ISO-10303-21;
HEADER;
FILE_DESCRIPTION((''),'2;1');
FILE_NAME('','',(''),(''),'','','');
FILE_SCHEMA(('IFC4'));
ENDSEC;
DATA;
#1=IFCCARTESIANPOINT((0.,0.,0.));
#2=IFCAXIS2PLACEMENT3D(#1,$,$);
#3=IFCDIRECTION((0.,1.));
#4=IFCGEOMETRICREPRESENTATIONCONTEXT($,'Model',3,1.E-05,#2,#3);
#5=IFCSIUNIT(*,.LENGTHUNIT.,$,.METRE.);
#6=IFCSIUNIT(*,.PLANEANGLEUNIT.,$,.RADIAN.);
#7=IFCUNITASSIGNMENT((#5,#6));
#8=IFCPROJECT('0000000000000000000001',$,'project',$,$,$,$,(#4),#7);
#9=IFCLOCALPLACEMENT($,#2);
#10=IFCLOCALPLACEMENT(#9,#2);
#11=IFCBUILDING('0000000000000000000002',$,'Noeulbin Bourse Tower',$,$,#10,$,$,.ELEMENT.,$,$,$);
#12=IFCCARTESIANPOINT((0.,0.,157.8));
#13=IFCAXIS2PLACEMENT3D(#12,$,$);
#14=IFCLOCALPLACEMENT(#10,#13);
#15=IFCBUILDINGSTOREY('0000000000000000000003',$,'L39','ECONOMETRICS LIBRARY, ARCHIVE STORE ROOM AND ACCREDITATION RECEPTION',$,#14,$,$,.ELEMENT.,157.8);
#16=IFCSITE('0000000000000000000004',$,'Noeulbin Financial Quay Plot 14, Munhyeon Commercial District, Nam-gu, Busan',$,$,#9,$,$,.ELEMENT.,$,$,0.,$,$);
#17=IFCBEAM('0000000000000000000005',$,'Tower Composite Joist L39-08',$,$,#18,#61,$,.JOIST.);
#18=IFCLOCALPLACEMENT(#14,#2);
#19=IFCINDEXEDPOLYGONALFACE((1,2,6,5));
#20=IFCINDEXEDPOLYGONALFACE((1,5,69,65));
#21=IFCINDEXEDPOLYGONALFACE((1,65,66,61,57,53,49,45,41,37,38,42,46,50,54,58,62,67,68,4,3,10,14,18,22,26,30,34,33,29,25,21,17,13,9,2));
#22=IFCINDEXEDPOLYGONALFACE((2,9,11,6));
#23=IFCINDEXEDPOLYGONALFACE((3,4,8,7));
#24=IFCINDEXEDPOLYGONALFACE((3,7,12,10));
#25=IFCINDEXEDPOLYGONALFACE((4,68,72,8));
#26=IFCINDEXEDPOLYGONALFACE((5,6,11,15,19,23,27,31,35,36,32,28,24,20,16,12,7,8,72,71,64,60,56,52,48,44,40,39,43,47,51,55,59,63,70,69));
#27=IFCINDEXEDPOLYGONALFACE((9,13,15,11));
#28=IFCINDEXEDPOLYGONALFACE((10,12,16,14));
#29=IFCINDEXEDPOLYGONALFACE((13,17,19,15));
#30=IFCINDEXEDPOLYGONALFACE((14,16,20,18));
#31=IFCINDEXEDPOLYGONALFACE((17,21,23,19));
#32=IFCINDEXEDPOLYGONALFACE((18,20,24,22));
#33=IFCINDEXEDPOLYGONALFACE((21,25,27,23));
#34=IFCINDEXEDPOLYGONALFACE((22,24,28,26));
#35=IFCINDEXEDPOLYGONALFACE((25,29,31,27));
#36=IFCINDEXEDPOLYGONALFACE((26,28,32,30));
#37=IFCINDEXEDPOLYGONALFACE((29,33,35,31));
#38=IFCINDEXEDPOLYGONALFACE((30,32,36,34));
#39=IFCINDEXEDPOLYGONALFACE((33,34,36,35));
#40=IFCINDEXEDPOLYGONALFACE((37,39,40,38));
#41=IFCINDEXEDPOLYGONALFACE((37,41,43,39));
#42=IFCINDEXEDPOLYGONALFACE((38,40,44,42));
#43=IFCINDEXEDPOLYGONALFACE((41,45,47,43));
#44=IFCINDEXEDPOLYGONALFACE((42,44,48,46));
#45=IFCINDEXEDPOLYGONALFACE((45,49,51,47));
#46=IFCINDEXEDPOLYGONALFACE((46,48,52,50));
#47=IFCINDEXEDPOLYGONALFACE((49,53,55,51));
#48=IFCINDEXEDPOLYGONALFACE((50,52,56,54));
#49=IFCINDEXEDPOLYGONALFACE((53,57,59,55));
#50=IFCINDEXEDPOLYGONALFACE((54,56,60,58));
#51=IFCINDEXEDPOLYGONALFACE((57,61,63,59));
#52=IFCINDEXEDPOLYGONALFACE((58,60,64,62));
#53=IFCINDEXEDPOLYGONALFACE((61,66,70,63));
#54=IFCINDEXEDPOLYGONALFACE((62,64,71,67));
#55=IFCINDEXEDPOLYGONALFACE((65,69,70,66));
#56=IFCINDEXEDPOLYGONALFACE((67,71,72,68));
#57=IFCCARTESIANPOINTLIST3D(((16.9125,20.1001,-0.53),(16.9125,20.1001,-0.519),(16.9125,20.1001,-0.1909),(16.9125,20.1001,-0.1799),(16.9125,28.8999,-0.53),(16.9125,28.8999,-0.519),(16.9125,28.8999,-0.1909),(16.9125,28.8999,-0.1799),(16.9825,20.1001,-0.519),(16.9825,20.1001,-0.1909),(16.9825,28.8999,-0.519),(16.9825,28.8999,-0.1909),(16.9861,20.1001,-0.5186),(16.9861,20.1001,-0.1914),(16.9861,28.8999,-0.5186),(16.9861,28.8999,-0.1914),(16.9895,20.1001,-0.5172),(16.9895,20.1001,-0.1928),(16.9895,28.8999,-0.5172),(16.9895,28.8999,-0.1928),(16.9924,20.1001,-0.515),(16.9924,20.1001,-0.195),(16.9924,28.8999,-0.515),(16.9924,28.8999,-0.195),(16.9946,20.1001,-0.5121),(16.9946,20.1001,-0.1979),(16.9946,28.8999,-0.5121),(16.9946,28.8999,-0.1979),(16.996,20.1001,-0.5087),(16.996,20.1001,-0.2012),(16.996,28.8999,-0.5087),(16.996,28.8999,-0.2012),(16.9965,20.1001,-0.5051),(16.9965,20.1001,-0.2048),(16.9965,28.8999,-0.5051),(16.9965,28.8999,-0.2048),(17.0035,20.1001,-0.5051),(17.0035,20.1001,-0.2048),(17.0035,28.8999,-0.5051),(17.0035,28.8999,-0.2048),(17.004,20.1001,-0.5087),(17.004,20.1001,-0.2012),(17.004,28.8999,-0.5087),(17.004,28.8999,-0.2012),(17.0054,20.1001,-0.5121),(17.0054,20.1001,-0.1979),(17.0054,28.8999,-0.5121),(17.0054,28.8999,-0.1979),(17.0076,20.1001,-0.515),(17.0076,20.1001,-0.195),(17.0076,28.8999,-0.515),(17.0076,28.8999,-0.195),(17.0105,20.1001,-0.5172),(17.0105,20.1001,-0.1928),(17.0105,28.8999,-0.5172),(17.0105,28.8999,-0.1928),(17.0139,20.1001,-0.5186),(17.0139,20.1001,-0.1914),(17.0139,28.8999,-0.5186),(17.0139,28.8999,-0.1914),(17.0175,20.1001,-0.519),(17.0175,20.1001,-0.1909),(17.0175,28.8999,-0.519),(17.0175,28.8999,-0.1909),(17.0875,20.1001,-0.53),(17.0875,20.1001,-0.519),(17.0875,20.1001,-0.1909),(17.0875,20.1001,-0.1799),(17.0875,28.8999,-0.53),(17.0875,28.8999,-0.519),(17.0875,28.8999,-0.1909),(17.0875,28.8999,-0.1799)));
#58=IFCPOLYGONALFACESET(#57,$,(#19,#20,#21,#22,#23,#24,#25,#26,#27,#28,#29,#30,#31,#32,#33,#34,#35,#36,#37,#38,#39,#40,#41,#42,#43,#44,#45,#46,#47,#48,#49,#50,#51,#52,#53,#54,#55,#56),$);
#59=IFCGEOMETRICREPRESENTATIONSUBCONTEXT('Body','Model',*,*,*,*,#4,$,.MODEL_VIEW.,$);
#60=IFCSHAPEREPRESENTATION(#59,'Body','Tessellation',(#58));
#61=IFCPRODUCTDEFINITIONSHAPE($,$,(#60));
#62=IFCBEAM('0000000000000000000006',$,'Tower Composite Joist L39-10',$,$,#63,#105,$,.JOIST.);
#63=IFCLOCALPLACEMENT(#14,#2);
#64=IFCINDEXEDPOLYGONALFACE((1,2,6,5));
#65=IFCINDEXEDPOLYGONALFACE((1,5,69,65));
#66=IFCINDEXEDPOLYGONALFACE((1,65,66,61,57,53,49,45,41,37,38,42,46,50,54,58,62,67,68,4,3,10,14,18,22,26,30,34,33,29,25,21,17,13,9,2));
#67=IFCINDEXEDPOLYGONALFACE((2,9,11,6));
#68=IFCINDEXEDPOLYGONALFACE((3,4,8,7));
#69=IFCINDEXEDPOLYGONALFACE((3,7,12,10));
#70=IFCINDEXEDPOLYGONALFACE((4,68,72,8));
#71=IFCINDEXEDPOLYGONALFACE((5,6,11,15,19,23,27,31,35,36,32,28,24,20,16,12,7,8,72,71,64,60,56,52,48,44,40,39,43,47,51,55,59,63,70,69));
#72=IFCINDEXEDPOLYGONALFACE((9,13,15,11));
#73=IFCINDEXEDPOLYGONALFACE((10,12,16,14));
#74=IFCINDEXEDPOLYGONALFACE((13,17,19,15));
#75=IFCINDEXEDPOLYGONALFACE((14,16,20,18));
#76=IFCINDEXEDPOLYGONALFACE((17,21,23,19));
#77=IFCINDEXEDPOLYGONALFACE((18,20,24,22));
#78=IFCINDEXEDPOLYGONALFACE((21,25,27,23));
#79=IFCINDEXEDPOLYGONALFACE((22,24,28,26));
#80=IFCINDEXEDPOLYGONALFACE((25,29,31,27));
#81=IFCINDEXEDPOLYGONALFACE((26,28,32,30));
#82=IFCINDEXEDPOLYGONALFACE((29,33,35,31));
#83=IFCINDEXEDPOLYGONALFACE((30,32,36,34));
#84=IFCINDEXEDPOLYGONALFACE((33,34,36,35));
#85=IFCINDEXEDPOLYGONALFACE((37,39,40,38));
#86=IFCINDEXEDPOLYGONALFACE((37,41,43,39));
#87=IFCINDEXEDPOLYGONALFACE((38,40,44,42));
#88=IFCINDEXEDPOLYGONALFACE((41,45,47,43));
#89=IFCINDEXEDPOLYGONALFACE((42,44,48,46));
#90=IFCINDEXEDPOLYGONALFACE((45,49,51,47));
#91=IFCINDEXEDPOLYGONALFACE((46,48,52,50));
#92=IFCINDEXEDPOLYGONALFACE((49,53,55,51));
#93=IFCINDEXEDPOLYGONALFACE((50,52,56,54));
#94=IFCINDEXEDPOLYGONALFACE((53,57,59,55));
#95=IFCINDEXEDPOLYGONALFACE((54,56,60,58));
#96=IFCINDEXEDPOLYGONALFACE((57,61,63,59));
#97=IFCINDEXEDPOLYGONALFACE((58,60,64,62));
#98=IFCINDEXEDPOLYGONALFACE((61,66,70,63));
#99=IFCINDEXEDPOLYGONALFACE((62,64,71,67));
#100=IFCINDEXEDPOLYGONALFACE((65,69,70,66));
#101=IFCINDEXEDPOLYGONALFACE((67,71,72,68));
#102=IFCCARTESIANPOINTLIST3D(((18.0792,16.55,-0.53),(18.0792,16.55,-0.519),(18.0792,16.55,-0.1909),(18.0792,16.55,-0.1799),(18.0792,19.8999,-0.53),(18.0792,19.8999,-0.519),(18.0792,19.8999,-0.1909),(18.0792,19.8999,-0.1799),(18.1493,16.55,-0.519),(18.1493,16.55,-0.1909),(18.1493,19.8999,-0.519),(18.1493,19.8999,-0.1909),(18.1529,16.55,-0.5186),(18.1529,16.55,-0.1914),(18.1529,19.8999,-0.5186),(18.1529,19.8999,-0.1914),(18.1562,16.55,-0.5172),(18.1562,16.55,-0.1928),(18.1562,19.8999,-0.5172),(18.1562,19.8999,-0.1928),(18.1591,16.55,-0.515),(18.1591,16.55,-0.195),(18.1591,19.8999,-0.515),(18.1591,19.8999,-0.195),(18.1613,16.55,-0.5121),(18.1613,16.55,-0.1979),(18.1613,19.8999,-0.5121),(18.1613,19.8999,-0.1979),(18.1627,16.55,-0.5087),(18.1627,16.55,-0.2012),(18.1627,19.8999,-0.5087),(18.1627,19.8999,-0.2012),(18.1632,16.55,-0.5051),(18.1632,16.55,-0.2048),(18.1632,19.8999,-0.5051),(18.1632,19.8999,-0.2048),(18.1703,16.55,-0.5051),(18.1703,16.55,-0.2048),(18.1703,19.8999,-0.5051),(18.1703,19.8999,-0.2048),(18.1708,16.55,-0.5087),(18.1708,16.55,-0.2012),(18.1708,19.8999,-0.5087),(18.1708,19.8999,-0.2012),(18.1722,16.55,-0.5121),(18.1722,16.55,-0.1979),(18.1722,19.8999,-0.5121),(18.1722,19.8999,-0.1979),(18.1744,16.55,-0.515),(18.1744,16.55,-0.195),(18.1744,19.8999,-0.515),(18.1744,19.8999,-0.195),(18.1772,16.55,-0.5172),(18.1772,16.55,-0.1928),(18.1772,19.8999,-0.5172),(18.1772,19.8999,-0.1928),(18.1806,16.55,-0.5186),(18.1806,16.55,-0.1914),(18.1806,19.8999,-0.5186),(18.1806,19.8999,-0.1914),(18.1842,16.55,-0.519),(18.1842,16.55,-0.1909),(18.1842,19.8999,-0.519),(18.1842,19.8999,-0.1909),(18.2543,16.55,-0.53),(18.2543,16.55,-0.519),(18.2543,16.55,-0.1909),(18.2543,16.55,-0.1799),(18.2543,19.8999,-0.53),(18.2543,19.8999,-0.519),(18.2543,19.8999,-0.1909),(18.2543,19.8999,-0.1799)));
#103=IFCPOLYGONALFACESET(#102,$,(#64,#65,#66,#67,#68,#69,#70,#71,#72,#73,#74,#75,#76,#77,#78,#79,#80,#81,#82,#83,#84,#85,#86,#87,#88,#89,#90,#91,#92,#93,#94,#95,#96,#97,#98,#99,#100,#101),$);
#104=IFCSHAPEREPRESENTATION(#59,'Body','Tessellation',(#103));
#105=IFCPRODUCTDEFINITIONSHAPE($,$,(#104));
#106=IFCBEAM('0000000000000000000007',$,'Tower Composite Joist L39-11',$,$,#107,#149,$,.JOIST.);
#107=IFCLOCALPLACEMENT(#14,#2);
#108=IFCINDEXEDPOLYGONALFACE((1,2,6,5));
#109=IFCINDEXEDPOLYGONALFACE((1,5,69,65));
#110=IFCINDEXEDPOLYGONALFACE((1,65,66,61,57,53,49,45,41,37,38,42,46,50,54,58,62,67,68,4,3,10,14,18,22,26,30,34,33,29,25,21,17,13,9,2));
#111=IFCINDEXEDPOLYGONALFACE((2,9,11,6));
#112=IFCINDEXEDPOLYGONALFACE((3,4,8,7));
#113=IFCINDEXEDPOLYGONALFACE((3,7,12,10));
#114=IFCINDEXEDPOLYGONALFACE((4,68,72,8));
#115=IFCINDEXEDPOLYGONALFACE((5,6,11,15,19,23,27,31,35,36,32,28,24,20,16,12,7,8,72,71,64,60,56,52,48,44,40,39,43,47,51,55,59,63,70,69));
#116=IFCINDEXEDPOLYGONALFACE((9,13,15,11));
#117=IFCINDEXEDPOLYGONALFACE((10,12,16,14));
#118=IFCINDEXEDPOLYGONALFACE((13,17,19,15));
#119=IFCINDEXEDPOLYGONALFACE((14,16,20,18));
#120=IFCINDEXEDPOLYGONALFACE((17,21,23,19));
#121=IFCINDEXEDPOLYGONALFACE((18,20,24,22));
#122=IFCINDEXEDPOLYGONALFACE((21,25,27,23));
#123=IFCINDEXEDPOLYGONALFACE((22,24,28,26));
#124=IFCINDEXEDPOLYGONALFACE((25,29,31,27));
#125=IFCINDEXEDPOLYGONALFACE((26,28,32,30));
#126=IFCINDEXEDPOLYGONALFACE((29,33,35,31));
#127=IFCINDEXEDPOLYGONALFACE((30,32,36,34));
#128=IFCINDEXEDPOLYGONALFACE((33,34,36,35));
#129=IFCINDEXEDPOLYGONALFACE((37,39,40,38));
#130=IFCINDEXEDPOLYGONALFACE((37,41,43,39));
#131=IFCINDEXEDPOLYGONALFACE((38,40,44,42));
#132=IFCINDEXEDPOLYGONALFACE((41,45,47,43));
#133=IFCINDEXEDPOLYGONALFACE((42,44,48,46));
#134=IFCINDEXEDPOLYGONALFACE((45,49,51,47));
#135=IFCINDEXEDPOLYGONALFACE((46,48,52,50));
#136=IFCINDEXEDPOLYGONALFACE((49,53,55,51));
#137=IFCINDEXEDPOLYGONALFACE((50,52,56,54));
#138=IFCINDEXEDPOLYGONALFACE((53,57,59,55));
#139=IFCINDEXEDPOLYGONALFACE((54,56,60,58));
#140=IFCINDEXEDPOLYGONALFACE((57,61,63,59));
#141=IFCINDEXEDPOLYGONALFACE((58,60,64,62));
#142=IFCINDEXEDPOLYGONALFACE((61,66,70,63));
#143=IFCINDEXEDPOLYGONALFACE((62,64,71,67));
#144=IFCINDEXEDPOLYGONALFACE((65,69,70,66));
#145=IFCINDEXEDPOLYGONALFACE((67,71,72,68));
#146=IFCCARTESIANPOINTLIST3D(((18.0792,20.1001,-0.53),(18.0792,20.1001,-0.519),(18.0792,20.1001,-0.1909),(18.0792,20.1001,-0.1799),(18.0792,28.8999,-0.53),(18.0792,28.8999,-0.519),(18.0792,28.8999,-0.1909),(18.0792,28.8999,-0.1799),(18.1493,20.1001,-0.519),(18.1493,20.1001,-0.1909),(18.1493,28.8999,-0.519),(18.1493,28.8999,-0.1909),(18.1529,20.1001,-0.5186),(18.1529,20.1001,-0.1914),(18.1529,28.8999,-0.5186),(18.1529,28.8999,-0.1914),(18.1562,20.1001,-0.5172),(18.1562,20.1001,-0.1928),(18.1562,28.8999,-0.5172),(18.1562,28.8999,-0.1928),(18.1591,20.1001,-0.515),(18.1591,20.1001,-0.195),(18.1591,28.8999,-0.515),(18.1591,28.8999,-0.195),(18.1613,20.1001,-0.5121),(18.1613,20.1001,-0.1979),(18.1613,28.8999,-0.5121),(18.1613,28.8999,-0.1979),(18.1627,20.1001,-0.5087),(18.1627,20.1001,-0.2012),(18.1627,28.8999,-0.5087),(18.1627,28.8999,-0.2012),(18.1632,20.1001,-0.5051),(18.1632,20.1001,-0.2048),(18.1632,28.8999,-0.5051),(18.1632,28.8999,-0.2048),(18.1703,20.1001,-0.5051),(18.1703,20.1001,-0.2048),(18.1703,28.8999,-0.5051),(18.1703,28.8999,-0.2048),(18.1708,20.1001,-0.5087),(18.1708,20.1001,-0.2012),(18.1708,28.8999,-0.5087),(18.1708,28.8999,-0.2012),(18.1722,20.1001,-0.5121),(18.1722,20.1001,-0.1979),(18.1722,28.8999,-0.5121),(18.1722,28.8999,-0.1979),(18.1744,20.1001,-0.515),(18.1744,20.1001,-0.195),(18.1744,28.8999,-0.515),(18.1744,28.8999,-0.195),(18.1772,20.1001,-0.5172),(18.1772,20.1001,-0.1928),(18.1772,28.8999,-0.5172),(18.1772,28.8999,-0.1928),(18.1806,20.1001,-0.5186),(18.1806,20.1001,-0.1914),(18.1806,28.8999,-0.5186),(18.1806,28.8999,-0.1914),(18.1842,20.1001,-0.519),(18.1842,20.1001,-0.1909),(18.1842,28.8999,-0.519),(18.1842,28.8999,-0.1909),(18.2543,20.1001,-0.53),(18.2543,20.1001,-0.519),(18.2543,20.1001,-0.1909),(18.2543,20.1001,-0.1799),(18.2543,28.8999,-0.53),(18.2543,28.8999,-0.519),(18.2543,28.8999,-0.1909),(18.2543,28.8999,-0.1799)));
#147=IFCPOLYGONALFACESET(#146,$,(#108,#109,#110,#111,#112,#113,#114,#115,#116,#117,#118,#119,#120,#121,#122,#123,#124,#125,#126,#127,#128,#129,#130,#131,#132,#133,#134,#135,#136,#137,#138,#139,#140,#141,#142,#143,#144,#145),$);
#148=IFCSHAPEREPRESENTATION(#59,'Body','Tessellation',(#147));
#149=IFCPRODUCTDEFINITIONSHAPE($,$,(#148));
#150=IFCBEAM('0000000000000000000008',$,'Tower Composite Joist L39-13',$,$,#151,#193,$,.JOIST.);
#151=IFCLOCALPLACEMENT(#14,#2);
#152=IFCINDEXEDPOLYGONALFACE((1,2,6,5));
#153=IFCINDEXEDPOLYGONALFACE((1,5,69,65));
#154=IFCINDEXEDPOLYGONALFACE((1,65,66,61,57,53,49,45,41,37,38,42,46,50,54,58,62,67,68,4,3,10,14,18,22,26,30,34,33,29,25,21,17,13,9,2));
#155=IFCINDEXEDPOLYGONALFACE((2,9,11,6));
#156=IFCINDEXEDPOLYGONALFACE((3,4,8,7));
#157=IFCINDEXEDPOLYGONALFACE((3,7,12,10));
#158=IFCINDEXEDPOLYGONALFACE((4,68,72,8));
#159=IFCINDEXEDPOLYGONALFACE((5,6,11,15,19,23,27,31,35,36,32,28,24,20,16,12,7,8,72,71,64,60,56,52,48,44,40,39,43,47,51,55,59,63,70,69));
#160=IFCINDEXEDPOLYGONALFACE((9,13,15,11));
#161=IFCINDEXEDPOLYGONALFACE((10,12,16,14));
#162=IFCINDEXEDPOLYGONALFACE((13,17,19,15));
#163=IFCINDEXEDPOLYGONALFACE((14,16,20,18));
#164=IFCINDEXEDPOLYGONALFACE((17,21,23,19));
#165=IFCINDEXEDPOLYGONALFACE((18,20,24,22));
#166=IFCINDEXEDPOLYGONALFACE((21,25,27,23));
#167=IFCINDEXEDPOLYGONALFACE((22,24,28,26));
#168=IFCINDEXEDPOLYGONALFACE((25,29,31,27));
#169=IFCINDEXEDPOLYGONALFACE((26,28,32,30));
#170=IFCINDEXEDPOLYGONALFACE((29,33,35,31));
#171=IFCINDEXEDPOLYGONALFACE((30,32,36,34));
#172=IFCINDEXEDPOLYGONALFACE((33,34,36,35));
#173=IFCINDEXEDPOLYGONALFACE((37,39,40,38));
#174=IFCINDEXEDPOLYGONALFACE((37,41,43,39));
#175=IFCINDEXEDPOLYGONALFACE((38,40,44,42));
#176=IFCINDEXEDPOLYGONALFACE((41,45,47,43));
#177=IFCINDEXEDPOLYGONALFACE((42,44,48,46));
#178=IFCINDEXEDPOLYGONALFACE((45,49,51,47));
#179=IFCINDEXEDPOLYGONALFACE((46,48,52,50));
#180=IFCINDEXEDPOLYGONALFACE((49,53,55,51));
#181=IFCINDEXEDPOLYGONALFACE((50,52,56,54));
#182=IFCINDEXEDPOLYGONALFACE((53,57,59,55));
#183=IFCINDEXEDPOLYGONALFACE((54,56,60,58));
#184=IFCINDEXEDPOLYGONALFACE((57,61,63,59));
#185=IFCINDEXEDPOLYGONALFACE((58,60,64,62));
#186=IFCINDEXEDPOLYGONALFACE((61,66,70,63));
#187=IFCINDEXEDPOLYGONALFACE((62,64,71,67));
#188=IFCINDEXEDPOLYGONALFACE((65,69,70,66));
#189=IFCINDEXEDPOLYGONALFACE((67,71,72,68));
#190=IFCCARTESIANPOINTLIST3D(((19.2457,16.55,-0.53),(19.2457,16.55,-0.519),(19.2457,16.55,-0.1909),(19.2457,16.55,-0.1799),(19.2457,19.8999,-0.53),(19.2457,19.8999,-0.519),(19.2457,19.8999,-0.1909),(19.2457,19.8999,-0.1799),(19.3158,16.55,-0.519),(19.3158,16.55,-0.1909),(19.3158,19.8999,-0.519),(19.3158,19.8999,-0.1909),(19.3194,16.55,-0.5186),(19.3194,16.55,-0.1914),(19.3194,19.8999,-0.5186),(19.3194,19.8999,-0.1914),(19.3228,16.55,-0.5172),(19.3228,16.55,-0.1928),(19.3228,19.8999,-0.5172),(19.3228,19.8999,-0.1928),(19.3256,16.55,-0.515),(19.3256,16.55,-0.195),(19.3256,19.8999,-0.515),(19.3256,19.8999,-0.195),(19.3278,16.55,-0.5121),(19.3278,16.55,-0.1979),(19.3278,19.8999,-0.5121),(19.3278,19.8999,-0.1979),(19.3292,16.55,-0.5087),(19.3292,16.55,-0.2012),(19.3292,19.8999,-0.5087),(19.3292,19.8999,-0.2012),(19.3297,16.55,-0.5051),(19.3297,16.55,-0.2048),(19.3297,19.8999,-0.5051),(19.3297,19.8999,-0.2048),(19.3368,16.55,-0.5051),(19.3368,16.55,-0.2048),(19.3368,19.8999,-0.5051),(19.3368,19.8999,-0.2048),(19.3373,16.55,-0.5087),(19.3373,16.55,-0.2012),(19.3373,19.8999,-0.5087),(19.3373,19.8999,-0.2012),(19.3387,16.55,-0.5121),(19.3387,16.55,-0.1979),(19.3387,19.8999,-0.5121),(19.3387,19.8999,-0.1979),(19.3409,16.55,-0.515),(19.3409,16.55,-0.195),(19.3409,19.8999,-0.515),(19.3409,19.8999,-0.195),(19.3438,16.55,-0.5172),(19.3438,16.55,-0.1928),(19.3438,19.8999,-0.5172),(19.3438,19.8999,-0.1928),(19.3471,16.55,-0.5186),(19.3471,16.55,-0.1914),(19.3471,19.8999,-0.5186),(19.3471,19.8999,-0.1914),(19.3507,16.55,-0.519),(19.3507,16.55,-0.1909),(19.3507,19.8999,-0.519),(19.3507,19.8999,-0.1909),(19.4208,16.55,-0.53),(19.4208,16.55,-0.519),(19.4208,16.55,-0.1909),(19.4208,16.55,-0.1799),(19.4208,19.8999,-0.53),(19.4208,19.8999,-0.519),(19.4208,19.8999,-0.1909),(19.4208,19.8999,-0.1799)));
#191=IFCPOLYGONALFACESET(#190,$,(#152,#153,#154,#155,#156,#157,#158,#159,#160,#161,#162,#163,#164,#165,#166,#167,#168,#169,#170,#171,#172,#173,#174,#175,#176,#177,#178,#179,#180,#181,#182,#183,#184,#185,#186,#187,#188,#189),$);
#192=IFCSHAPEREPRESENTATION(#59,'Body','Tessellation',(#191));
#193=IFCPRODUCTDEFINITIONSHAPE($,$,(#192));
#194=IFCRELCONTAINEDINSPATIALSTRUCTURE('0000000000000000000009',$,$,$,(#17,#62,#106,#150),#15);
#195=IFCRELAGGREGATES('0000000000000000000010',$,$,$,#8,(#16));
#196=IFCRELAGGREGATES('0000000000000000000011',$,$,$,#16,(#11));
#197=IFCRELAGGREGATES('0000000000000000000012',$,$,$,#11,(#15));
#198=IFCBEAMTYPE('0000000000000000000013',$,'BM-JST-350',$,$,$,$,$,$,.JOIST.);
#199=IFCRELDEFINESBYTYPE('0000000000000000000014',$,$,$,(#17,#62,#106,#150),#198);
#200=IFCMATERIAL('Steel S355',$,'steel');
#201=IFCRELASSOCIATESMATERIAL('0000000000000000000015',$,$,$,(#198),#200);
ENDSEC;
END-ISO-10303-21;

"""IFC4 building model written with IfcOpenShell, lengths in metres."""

from ifc_helpers import new_model, si_unit, direction, frame, origin, origin_2d, place, context, subcontext, project, spatial, i_section, extrude, material, material_profile, profile_set, type_object, element, save


model = new_model("IFC4")

# Units and contexts
model_context = context("Model", 3, precision=1e-05, world=origin(), true_north=direction((0.0, 1.0)))
body_context = subcontext(model_context, "Body", "Model", "MODEL_VIEW")
ifc_project = project(units=[si_unit("LENGTHUNIT", "METRE"), si_unit("PLANEANGLEUNIT", "RADIAN")], contexts=[model_context])

# Site, building, storey
site_placement = place(None, origin())
site = spatial("IfcSite", under=ifc_project, at=site_placement, Name="Noeulbin Financial Quay Plot 14, Munhyeon Commercial District, Nam-gu, Busan", CompositionType="ELEMENT", RefElevation=0.0)
building_placement = place(site_placement, origin())
building = spatial("IfcBuilding", under=site, at=building_placement, Name="Noeulbin Bourse Tower", CompositionType="ELEMENT")
storey_placement = place(building_placement, frame((0.0, 0.0, 157.8)))
storey = spatial("IfcBuildingStorey", under=building, at=storey_placement, Name="L39", Description="ECONOMETRICS LIBRARY, ARCHIVE STORE ROOM AND ACCREDITATION RECEPTION", CompositionType="ELEMENT", Elevation=157.8)

# Shared definitions
ifc_material_1 = material(Name="Steel S355", Category="steel")

# Beams
ifc_material_profile_1 = material_profile(ifc_material_1, i_section(OverallWidth=0.175, OverallDepth=0.3501, WebThickness=0.0071, FlangeThickness=0.011, FilletRadius=0.0139, at=origin_2d()), Name="H-350x175x7x11", Category="LoadBearing")
ifc_profile_set_1 = profile_set([ifc_material_profile_1], Name="Steel S355")
beam_type_1 = type_object("IfcBeamType", Name="BM-JST-350", PredefinedType="JOIST", material=ifc_profile_set_1)
beam_1_placement = place(storey_placement, frame((17.0, 20.1001, -0.355), z_axis=(0.0, 1.0, 0.0), x_axis=(-1.0, 0.0, 0.0)))
element("IfcBeam", 1, at=beam_1_placement, inside=storey, type_object=beam_type_1, Name="Tower Composite Joist L39-08", PredefinedType="JOIST", context=body_context, shape_type="SweptSolid", body=[
    extrude(i_section(OverallWidth=0.175, OverallDepth=0.3501, WebThickness=0.0071, FlangeThickness=0.011, FilletRadius=0.0139, at=origin_2d()), origin(), (0.0, 0.0, 1.0), 8.7998),
])
beam_2_placement = place(storey_placement, frame((18.1667, 16.55, -0.355), z_axis=(0.0, 1.0, 0.0), x_axis=(-1.0, 0.0, 0.0)))
element("IfcBeam", 2, at=beam_2_placement, inside=storey, type_object=beam_type_1, Name="Tower Composite Joist L39-10", PredefinedType="JOIST", context=body_context, shape_type="SweptSolid", body=[
    extrude(i_section(OverallWidth=0.175, OverallDepth=0.3501, WebThickness=0.0071, FlangeThickness=0.011, FilletRadius=0.0139, at=origin_2d()), origin(), (0.0, 0.0, 1.0), 3.3499),
])
beam_3_placement = place(storey_placement, frame((18.1667, 20.1001, -0.355), z_axis=(0.0, 1.0, 0.0), x_axis=(-1.0, 0.0, 0.0)))
element("IfcBeam", 3, at=beam_3_placement, inside=storey, type_object=beam_type_1, Name="Tower Composite Joist L39-11", PredefinedType="JOIST", context=body_context, shape_type="SweptSolid", body=[
    extrude(i_section(OverallWidth=0.175, OverallDepth=0.3501, WebThickness=0.0071, FlangeThickness=0.011, FilletRadius=0.0139, at=origin_2d()), origin(), (0.0, 0.0, 1.0), 8.7998),
])
beam_4_placement = place(storey_placement, frame((19.3333, 16.55, -0.355), z_axis=(0.0, 1.0, 0.0), x_axis=(-1.0, 0.0, 0.0)))
element("IfcBeam", 4, at=beam_4_placement, inside=storey, type_object=beam_type_1, Name="Tower Composite Joist L39-13", PredefinedType="JOIST", context=body_context, shape_type="SweptSolid", body=[
    extrude(i_section(OverallWidth=0.175, OverallDepth=0.3501, WebThickness=0.0071, FlangeThickness=0.011, FilletRadius=0.0139, at=origin_2d()), origin(), (0.0, 0.0, 1.0), 3.3499),
])

save(model, "model.ifc")
